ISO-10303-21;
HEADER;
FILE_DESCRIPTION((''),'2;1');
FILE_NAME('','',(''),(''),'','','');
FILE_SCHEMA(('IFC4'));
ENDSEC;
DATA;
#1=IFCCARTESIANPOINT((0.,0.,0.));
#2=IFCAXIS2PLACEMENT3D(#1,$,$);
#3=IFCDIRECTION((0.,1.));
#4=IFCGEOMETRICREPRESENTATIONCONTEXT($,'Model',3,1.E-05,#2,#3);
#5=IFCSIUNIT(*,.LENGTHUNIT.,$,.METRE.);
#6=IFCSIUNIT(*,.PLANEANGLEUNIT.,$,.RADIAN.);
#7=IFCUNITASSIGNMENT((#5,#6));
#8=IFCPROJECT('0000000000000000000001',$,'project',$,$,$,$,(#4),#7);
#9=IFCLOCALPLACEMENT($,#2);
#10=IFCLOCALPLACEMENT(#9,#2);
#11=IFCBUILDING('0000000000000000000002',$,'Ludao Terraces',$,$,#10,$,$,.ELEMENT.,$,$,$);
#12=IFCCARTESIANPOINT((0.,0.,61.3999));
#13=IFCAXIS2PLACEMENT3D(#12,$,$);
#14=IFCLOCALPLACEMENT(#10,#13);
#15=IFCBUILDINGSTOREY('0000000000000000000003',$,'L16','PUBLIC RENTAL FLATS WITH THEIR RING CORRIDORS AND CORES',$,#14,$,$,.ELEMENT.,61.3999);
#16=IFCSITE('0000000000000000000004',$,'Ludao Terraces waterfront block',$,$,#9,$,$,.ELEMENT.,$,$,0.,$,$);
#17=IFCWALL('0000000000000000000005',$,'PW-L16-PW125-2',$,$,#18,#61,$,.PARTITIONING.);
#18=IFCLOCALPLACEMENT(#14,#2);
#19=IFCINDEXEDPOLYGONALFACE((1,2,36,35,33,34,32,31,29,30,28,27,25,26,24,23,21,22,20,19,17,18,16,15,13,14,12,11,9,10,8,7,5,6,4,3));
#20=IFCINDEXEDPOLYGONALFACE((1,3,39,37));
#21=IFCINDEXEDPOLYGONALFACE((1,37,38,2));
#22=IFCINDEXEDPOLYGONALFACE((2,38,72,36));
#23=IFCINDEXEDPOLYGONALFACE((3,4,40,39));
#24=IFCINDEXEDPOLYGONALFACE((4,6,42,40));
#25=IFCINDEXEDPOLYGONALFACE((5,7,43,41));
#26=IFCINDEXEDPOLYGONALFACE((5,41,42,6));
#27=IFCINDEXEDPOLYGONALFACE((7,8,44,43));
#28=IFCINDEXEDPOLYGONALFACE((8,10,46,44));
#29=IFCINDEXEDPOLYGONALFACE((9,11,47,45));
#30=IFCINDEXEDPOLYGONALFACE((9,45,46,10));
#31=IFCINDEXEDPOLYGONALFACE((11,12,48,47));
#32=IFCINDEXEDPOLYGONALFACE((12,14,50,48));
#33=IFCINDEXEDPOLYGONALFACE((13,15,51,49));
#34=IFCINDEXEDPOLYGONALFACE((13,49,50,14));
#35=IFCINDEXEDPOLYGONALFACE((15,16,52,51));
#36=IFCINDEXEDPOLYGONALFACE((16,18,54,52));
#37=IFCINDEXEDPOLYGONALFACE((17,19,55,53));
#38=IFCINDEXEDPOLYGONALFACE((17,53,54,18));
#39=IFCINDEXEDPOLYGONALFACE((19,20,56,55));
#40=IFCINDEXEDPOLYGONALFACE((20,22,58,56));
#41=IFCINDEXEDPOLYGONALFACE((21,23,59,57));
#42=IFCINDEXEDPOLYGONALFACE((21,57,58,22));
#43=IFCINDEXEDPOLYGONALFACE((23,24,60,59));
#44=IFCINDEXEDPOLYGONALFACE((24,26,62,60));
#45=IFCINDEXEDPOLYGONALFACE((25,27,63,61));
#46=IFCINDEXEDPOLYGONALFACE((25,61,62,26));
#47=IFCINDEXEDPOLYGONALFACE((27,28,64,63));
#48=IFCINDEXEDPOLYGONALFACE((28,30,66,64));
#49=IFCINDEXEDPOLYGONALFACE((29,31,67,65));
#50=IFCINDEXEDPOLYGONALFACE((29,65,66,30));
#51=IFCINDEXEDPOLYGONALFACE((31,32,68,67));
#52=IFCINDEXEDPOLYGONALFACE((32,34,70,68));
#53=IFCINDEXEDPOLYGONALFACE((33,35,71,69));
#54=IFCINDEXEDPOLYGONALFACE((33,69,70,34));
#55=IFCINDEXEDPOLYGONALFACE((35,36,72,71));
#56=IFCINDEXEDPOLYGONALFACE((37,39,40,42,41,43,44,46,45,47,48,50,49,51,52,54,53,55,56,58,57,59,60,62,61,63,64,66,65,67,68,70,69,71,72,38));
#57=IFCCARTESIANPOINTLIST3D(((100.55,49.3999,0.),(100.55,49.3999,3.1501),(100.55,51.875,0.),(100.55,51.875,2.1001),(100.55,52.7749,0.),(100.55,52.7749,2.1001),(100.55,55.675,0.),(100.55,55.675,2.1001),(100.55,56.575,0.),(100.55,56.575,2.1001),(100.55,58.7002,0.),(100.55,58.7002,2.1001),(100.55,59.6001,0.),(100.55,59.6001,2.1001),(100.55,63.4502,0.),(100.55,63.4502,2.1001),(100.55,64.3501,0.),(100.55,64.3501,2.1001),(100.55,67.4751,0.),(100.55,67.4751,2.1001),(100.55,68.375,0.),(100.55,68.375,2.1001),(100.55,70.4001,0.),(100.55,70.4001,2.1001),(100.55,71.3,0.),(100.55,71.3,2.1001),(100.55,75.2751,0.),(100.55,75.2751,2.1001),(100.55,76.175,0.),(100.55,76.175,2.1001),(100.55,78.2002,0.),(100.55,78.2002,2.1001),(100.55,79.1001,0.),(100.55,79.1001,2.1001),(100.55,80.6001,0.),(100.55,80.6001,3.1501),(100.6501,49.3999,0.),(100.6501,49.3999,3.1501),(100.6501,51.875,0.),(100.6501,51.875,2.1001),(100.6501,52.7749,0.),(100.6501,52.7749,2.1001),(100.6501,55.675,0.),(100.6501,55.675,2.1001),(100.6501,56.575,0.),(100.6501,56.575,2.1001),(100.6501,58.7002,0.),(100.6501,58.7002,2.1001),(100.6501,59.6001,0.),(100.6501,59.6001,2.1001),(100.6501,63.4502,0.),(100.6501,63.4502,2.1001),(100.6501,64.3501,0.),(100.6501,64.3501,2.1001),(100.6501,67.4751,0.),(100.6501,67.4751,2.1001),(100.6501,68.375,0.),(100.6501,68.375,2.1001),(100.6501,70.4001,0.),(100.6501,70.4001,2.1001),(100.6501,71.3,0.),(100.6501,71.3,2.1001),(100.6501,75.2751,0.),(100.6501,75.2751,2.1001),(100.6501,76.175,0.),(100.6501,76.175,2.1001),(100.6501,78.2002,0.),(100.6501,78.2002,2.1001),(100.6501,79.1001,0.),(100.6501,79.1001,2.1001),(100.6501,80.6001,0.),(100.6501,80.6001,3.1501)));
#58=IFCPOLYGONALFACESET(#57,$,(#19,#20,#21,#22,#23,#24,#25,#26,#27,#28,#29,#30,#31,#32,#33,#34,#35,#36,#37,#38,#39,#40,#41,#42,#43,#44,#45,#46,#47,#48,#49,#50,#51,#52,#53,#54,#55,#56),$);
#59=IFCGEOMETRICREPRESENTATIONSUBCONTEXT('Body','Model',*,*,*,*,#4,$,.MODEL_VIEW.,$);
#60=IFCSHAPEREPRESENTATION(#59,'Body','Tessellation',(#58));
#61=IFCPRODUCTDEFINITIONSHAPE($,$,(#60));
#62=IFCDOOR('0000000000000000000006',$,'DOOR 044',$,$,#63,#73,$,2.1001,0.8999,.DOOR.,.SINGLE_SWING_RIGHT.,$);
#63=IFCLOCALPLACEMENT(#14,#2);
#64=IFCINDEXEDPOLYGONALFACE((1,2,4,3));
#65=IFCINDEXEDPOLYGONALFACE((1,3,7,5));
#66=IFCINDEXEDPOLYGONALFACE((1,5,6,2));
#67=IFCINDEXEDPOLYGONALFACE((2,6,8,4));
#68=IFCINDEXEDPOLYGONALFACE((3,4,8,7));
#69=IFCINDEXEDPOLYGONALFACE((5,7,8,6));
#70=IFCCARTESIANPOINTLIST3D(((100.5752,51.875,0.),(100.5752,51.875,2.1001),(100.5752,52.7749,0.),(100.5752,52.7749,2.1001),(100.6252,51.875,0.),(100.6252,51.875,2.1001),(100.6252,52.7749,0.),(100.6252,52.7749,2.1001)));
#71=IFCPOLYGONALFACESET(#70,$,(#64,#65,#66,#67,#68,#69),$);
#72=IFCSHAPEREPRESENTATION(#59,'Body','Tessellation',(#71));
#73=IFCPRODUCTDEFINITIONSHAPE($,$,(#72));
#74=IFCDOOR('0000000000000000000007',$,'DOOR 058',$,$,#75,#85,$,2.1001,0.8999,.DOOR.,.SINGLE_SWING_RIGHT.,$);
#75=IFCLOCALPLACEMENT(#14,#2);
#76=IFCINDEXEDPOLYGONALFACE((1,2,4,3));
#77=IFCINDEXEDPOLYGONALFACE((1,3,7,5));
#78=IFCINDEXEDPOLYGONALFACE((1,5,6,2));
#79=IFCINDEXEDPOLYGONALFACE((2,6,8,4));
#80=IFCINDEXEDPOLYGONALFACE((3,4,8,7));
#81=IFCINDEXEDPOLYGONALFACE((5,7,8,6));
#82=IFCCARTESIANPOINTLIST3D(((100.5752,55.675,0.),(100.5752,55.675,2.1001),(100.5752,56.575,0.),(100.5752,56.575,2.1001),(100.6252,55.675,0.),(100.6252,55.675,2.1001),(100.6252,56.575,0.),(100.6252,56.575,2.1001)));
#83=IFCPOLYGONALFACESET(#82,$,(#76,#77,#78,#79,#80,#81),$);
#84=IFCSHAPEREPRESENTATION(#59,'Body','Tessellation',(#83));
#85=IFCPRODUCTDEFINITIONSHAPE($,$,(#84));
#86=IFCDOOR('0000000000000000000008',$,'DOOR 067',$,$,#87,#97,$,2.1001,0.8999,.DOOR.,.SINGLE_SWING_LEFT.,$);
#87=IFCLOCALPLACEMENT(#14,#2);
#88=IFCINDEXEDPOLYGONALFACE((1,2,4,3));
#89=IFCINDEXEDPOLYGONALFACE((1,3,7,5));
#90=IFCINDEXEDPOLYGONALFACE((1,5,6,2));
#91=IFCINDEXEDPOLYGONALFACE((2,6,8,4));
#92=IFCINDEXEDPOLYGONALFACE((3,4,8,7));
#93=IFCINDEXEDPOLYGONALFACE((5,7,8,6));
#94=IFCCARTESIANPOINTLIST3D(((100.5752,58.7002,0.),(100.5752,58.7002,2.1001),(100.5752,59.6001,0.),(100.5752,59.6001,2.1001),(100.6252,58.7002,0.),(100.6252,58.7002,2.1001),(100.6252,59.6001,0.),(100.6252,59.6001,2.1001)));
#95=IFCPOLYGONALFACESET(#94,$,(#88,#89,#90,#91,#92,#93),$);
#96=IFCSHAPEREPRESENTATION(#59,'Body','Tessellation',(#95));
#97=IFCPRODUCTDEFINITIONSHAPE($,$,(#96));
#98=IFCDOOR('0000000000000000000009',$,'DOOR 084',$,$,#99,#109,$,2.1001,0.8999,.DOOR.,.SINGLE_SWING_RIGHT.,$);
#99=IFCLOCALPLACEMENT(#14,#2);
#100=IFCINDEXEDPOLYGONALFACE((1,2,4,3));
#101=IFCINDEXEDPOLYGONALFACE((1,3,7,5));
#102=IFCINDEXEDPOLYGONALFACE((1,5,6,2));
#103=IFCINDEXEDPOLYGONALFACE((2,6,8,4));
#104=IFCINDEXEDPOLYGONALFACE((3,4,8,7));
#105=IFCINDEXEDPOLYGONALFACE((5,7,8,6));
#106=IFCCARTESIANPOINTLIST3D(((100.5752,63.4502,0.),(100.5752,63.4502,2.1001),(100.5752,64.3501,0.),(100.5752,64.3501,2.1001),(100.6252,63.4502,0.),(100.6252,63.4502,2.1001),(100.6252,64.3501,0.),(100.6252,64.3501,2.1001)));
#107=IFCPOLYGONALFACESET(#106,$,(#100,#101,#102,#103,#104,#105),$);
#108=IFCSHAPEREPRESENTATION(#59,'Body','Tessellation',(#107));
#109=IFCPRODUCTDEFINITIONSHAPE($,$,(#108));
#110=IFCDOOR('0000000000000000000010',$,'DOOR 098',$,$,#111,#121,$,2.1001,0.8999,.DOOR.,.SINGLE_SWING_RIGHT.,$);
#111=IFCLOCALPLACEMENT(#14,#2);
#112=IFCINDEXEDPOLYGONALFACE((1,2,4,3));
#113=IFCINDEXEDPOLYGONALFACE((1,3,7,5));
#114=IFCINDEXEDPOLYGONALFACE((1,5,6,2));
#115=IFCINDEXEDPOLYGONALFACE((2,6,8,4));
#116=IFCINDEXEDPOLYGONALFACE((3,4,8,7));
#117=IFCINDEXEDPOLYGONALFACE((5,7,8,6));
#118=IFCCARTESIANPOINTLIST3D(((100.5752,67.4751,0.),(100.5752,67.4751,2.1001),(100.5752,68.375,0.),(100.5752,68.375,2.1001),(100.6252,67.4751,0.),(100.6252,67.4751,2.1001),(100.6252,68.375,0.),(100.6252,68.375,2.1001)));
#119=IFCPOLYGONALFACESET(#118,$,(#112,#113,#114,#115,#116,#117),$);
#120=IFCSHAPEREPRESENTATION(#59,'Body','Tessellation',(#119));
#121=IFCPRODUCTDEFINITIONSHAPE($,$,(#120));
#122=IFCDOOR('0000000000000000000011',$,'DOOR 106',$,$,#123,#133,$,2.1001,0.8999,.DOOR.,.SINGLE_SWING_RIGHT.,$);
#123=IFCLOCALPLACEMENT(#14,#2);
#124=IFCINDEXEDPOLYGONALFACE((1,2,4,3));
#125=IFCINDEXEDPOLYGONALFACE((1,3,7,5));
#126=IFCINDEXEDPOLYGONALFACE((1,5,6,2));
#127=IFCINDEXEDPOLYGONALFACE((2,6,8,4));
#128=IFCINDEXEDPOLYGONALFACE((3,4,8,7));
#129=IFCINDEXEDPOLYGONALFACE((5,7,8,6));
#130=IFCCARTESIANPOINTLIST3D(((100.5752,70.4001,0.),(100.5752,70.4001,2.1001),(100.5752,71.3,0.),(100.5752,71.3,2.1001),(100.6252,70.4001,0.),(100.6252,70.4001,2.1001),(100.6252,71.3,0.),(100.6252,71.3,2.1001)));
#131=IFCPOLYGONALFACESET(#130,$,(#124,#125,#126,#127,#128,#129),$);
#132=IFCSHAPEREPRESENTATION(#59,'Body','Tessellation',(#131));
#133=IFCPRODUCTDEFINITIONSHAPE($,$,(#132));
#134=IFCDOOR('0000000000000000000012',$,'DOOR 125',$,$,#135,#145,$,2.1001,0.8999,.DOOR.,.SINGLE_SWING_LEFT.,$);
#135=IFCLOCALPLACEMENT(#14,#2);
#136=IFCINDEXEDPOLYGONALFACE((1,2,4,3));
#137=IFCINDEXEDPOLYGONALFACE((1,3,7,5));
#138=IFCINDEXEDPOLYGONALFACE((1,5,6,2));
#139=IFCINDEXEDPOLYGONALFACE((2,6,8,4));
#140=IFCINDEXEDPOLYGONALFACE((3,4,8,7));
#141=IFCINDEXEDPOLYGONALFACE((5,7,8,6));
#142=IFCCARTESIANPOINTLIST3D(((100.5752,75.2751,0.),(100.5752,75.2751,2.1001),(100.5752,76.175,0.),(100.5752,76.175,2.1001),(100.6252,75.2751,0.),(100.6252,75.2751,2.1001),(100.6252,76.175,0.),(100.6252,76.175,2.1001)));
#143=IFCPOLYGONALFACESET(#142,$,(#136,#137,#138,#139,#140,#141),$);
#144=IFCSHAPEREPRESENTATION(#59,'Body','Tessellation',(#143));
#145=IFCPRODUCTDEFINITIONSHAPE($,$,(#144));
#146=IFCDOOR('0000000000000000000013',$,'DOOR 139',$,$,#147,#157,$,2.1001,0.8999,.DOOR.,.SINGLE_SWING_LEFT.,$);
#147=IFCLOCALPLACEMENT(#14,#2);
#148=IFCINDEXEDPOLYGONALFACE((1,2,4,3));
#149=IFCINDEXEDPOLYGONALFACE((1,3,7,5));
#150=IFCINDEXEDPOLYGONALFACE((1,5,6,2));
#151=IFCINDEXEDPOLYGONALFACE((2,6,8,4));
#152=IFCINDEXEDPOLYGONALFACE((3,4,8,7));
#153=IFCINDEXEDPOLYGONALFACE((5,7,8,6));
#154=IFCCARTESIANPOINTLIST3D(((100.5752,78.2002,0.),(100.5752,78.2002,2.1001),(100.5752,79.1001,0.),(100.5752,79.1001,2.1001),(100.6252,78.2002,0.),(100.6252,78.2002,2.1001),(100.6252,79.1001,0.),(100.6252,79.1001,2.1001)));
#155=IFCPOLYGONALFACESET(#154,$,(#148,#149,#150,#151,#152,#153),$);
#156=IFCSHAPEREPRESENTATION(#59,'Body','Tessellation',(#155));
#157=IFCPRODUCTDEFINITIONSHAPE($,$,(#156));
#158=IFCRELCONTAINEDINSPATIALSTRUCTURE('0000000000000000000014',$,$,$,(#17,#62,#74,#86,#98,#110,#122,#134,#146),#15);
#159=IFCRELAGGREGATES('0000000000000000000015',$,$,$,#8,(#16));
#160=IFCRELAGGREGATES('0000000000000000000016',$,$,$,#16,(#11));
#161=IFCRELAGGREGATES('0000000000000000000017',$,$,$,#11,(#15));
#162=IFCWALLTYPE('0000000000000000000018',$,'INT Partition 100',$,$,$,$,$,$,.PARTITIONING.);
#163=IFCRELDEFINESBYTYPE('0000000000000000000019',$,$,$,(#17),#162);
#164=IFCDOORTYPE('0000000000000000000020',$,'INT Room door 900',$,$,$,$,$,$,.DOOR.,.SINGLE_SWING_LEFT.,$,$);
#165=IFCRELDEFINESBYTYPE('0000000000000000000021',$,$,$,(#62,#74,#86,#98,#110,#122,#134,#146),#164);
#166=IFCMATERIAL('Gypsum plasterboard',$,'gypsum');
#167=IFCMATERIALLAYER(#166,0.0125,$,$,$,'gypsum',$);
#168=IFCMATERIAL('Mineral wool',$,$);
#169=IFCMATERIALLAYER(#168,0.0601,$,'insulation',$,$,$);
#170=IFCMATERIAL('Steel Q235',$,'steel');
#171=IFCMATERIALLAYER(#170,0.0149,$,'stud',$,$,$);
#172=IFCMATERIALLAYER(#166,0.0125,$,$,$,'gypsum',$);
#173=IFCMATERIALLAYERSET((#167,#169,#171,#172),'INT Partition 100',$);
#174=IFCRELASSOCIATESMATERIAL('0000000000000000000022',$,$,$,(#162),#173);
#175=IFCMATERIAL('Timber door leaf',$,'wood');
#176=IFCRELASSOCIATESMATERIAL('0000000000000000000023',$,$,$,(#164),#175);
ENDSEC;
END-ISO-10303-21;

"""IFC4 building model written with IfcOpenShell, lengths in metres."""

from ifc_helpers import new_model, si_unit, direction, frame, frame_2d, origin, place, context, subcontext, project, spatial, rectangle, extrude, material, layer, layer_set, type_object, element, fill, save


model = new_model("IFC4")

# Units and contexts
model_context = context("Model", 3, precision=1e-05, world=origin(), true_north=direction((0.0, 1.0)))
body_context = subcontext(model_context, "Body", "Model", "MODEL_VIEW")
ifc_project = project(units=[si_unit("LENGTHUNIT", "METRE"), si_unit("PLANEANGLEUNIT", "RADIAN")], contexts=[model_context])

# Site, building, storey
site_placement = place(None, origin())
site = spatial("IfcSite", under=ifc_project, at=site_placement, Name="Ludao Terraces waterfront block", CompositionType="ELEMENT", RefElevation=0.0)
building_placement = place(site_placement, origin())
building = spatial("IfcBuilding", under=site, at=building_placement, Name="Ludao Terraces", CompositionType="ELEMENT")
storey_placement = place(building_placement, frame((0.0, 0.0, 61.3999)))
storey = spatial("IfcBuildingStorey", under=building, at=storey_placement, Name="L16", Description="PUBLIC RENTAL FLATS WITH THEIR RING CORRIDORS AND CORES", CompositionType="ELEMENT", Elevation=61.3999)

# Shared definitions
ifc_material_1 = material(Name="Gypsum plasterboard", Category="gypsum")
ifc_layer_1 = layer(ifc_material_1, 0.0125, Category="gypsum")
ifc_material_2 = material(Name="Mineral wool")
ifc_layer_2 = layer(ifc_material_2, 0.0601, Name="insulation")
ifc_material_3 = material(Name="Steel Q235", Category="steel")
ifc_layer_3 = layer(ifc_material_3, 0.0149, Name="stud")
ifc_layer_4 = layer(ifc_material_1, 0.0125, Category="gypsum")
ifc_layer_set = layer_set([ifc_layer_1, ifc_layer_2, ifc_layer_3, ifc_layer_4], Name="INT Partition 100")
wall_type = type_object("IfcWallType", Name="INT Partition 100", PredefinedType="PARTITIONING", material=ifc_layer_set)

# Wall, openings, doors
ifc_material_4 = material(Name="Timber door leaf", Category="wood")
door_type_1 = type_object("IfcDoorType", Name="INT Room door 900", OperationType="SINGLE_SWING_LEFT", PredefinedType="DOOR", material=ifc_material_4)
wall_1_placement = place(storey_placement, frame((100.6001, 49.3999, 0.0), z_axis=(0.0, 0.0, 1.0), x_axis=(0.0, 1.0, 0.0)))
wall_1 = element("IfcWall", 1, at=wall_1_placement, inside=storey, type_object=wall_type, Name="PW-L16-PW125-2", PredefinedType="PARTITIONING", context=body_context, shape_type="SweptSolid", body=[
    extrude(rectangle(XDim=31.2002, YDim=0.1001, at=frame_2d((15.6001, 0.0))), origin(), (0.0, 0.0, 1.0), 3.1501),
])
opening_1_placement = place(wall_1_placement, frame((2.4751, 0.0, 0.0)))
opening_1 = element("IfcOpeningElement", 2, at=opening_1_placement, cuts=wall_1, PredefinedType="OPENING", context=body_context, shape_type="SweptSolid", body=[
    extrude(rectangle(XDim=0.8999, YDim=2.1001, at=frame_2d((0.45, 1.05))), frame((0.0, 0.0601, 0.0), z_axis=(0.0, -1.0, 0.0), x_axis=(1.0, 0.0, 0.0)), (0.0, 0.0, 1.0), 0.1201),
])
opening_2_placement = place(wall_1_placement, frame((6.2751, 0.0, 0.0)))
opening_2 = element("IfcOpeningElement", 3, at=opening_2_placement, cuts=wall_1, PredefinedType="OPENING", context=body_context, shape_type="SweptSolid", body=[
    extrude(rectangle(XDim=0.8999, YDim=2.1001, at=frame_2d((0.45, 1.05))), frame((0.0, 0.0601, 0.0), z_axis=(0.0, -1.0, 0.0), x_axis=(1.0, 0.0, 0.0)), (0.0, 0.0, 1.0), 0.1201),
])
opening_3_placement = place(wall_1_placement, frame((9.3003, 0.0, 0.0)))
opening_3 = element("IfcOpeningElement", 4, at=opening_3_placement, cuts=wall_1, PredefinedType="OPENING", context=body_context, shape_type="SweptSolid", body=[
    extrude(rectangle(XDim=0.8999, YDim=2.1001, at=frame_2d((0.45, 1.05))), frame((0.0, 0.0601, 0.0), z_axis=(0.0, -1.0, 0.0), x_axis=(1.0, 0.0, 0.0)), (0.0, 0.0, 1.0), 0.1201),
])
opening_4_placement = place(wall_1_placement, frame((14.0503, 0.0, 0.0)))
opening_4 = element("IfcOpeningElement", 5, at=opening_4_placement, cuts=wall_1, PredefinedType="OPENING", context=body_context, shape_type="SweptSolid", body=[
    extrude(rectangle(XDim=0.8999, YDim=2.1001, at=frame_2d((0.45, 1.05))), frame((0.0, 0.0601, 0.0), z_axis=(0.0, -1.0, 0.0), x_axis=(1.0, 0.0, 0.0)), (0.0, 0.0, 1.0), 0.1201),
])
opening_5_placement = place(wall_1_placement, frame((18.0752, 0.0, 0.0)))
opening_5 = element("IfcOpeningElement", 6, at=opening_5_placement, cuts=wall_1, PredefinedType="OPENING", context=body_context, shape_type="SweptSolid", body=[
    extrude(rectangle(XDim=0.8999, YDim=2.1001, at=frame_2d((0.45, 1.05))), frame((0.0, 0.0601, 0.0), z_axis=(0.0, -1.0, 0.0), x_axis=(1.0, 0.0, 0.0)), (0.0, 0.0, 1.0), 0.1201),
])
opening_6_placement = place(wall_1_placement, frame((21.0002, 0.0, 0.0)))
opening_6 = element("IfcOpeningElement", 7, at=opening_6_placement, cuts=wall_1, PredefinedType="OPENING", context=body_context, shape_type="SweptSolid", body=[
    extrude(rectangle(XDim=0.8999, YDim=2.1001, at=frame_2d((0.45, 1.05))), frame((0.0, 0.0601, 0.0), z_axis=(0.0, -1.0, 0.0), x_axis=(1.0, 0.0, 0.0)), (0.0, 0.0, 1.0), 0.1201),
])
opening_7_placement = place(wall_1_placement, frame((25.8752, 0.0, 0.0)))
opening_7 = element("IfcOpeningElement", 8, at=opening_7_placement, cuts=wall_1, PredefinedType="OPENING", context=body_context, shape_type="SweptSolid", body=[
    extrude(rectangle(XDim=0.8999, YDim=2.1001, at=frame_2d((0.45, 1.05))), frame((0.0, 0.0601, 0.0), z_axis=(0.0, -1.0, 0.0), x_axis=(1.0, 0.0, 0.0)), (0.0, 0.0, 1.0), 0.1201),
])
opening_8_placement = place(wall_1_placement, frame((28.8003, 0.0, 0.0)))
opening_8 = element("IfcOpeningElement", 9, at=opening_8_placement, cuts=wall_1, PredefinedType="OPENING", context=body_context, shape_type="SweptSolid", body=[
    extrude(rectangle(XDim=0.8999, YDim=2.1001, at=frame_2d((0.45, 1.05))), frame((0.0, 0.0601, 0.0), z_axis=(0.0, -1.0, 0.0), x_axis=(1.0, 0.0, 0.0)), (0.0, 0.0, 1.0), 0.1201),
])
door_1_placement = place(opening_1_placement, origin())
door_1 = element("IfcDoor", 10, at=door_1_placement, inside=storey, type_object=door_type_1, Name="DOOR 044", OperationType="SINGLE_SWING_RIGHT", OverallHeight=2.1001, OverallWidth=0.8999, PredefinedType="DOOR", context=body_context, shape_type="SweptSolid", body=[
    extrude(rectangle(XDim=0.8999, YDim=2.1001, at=frame_2d((0.45, 1.05))), frame((0.0, 0.0249, 0.0), z_axis=(0.0, -1.0, 0.0), x_axis=(1.0, 0.0, 0.0)), (0.0, 0.0, 1.0), 0.05),
])
fill(opening_1, door_1)
door_2_placement = place(opening_2_placement, origin())
door_2 = element("IfcDoor", 11, at=door_2_placement, inside=storey, type_object=door_type_1, Name="DOOR 058", OperationType="SINGLE_SWING_RIGHT", OverallHeight=2.1001, OverallWidth=0.8999, PredefinedType="DOOR", context=body_context, shape_type="SweptSolid", body=[
    extrude(rectangle(XDim=0.8999, YDim=2.1001, at=frame_2d((0.45, 1.05))), frame((0.0, 0.0249, 0.0), z_axis=(0.0, -1.0, 0.0), x_axis=(1.0, 0.0, 0.0)), (0.0, 0.0, 1.0), 0.05),
])
fill(opening_2, door_2)
door_3_placement = place(opening_3_placement, origin())
door_3 = element("IfcDoor", 12, at=door_3_placement, inside=storey, type_object=door_type_1, Name="DOOR 067", OperationType="SINGLE_SWING_LEFT", OverallHeight=2.1001, OverallWidth=0.8999, PredefinedType="DOOR", context=body_context, shape_type="SweptSolid", body=[
    extrude(rectangle(XDim=0.8999, YDim=2.1001, at=frame_2d((0.45, 1.05))), frame((0.0, 0.0249, 0.0), z_axis=(0.0, -1.0, 0.0), x_axis=(1.0, 0.0, 0.0)), (0.0, 0.0, 1.0), 0.05),
])
fill(opening_3, door_3)
door_4_placement = place(opening_4_placement, origin())
door_4 = element("IfcDoor", 13, at=door_4_placement, inside=storey, type_object=door_type_1, Name="DOOR 084", OperationType="SINGLE_SWING_RIGHT", OverallHeight=2.1001, OverallWidth=0.8999, PredefinedType="DOOR", context=body_context, shape_type="SweptSolid", body=[
    extrude(rectangle(XDim=0.8999, YDim=2.1001, at=frame_2d((0.45, 1.05))), frame((0.0, 0.0249, 0.0), z_axis=(0.0, -1.0, 0.0), x_axis=(1.0, 0.0, 0.0)), (0.0, 0.0, 1.0), 0.05),
])
fill(opening_4, door_4)
door_5_placement = place(opening_5_placement, origin())
door_5 = element("IfcDoor", 14, at=door_5_placement, inside=storey, type_object=door_type_1, Name="DOOR 098", OperationType="SINGLE_SWING_RIGHT", OverallHeight=2.1001, OverallWidth=0.8999, PredefinedType="DOOR", context=body_context, shape_type="SweptSolid", body=[
    extrude(rectangle(XDim=0.8999, YDim=2.1001, at=frame_2d((0.45, 1.05))), frame((0.0, 0.0249, 0.0), z_axis=(0.0, -1.0, 0.0), x_axis=(1.0, 0.0, 0.0)), (0.0, 0.0, 1.0), 0.05),
])
fill(opening_5, door_5)
door_6_placement = place(opening_6_placement, origin())
door_6 = element("IfcDoor", 15, at=door_6_placement, inside=storey, type_object=door_type_1, Name="DOOR 106", OperationType="SINGLE_SWING_RIGHT", OverallHeight=2.1001, OverallWidth=0.8999, PredefinedType="DOOR", context=body_context, shape_type="SweptSolid", body=[
    extrude(rectangle(XDim=0.8999, YDim=2.1001, at=frame_2d((0.45, 1.05))), frame((0.0, 0.0249, 0.0), z_axis=(0.0, -1.0, 0.0), x_axis=(1.0, 0.0, 0.0)), (0.0, 0.0, 1.0), 0.05),
])
fill(opening_6, door_6)
door_7_placement = place(opening_7_placement, origin())
door_7 = element("IfcDoor", 16, at=door_7_placement, inside=storey, type_object=door_type_1, Name="DOOR 125", OperationType="SINGLE_SWING_LEFT", OverallHeight=2.1001, OverallWidth=0.8999, PredefinedType="DOOR", context=body_context, shape_type="SweptSolid", body=[
    extrude(rectangle(XDim=0.8999, YDim=2.1001, at=frame_2d((0.45, 1.05))), frame((0.0, 0.0249, 0.0), z_axis=(0.0, -1.0, 0.0), x_axis=(1.0, 0.0, 0.0)), (0.0, 0.0, 1.0), 0.05),
])
fill(opening_7, door_7)
door_8_placement = place(opening_8_placement, origin())
door_8 = element("IfcDoor", 17, at=door_8_placement, inside=storey, type_object=door_type_1, Name="DOOR 139", OperationType="SINGLE_SWING_LEFT", OverallHeight=2.1001, OverallWidth=0.8999, PredefinedType="DOOR", context=body_context, shape_type="SweptSolid", body=[
    extrude(rectangle(XDim=0.8999, YDim=2.1001, at=frame_2d((0.45, 1.05))), frame((0.0, 0.0249, 0.0), z_axis=(0.0, -1.0, 0.0), x_axis=(1.0, 0.0, 0.0)), (0.0, 0.0, 1.0), 0.05),
])
fill(opening_8, door_8)

save(model, "model.ifc")
